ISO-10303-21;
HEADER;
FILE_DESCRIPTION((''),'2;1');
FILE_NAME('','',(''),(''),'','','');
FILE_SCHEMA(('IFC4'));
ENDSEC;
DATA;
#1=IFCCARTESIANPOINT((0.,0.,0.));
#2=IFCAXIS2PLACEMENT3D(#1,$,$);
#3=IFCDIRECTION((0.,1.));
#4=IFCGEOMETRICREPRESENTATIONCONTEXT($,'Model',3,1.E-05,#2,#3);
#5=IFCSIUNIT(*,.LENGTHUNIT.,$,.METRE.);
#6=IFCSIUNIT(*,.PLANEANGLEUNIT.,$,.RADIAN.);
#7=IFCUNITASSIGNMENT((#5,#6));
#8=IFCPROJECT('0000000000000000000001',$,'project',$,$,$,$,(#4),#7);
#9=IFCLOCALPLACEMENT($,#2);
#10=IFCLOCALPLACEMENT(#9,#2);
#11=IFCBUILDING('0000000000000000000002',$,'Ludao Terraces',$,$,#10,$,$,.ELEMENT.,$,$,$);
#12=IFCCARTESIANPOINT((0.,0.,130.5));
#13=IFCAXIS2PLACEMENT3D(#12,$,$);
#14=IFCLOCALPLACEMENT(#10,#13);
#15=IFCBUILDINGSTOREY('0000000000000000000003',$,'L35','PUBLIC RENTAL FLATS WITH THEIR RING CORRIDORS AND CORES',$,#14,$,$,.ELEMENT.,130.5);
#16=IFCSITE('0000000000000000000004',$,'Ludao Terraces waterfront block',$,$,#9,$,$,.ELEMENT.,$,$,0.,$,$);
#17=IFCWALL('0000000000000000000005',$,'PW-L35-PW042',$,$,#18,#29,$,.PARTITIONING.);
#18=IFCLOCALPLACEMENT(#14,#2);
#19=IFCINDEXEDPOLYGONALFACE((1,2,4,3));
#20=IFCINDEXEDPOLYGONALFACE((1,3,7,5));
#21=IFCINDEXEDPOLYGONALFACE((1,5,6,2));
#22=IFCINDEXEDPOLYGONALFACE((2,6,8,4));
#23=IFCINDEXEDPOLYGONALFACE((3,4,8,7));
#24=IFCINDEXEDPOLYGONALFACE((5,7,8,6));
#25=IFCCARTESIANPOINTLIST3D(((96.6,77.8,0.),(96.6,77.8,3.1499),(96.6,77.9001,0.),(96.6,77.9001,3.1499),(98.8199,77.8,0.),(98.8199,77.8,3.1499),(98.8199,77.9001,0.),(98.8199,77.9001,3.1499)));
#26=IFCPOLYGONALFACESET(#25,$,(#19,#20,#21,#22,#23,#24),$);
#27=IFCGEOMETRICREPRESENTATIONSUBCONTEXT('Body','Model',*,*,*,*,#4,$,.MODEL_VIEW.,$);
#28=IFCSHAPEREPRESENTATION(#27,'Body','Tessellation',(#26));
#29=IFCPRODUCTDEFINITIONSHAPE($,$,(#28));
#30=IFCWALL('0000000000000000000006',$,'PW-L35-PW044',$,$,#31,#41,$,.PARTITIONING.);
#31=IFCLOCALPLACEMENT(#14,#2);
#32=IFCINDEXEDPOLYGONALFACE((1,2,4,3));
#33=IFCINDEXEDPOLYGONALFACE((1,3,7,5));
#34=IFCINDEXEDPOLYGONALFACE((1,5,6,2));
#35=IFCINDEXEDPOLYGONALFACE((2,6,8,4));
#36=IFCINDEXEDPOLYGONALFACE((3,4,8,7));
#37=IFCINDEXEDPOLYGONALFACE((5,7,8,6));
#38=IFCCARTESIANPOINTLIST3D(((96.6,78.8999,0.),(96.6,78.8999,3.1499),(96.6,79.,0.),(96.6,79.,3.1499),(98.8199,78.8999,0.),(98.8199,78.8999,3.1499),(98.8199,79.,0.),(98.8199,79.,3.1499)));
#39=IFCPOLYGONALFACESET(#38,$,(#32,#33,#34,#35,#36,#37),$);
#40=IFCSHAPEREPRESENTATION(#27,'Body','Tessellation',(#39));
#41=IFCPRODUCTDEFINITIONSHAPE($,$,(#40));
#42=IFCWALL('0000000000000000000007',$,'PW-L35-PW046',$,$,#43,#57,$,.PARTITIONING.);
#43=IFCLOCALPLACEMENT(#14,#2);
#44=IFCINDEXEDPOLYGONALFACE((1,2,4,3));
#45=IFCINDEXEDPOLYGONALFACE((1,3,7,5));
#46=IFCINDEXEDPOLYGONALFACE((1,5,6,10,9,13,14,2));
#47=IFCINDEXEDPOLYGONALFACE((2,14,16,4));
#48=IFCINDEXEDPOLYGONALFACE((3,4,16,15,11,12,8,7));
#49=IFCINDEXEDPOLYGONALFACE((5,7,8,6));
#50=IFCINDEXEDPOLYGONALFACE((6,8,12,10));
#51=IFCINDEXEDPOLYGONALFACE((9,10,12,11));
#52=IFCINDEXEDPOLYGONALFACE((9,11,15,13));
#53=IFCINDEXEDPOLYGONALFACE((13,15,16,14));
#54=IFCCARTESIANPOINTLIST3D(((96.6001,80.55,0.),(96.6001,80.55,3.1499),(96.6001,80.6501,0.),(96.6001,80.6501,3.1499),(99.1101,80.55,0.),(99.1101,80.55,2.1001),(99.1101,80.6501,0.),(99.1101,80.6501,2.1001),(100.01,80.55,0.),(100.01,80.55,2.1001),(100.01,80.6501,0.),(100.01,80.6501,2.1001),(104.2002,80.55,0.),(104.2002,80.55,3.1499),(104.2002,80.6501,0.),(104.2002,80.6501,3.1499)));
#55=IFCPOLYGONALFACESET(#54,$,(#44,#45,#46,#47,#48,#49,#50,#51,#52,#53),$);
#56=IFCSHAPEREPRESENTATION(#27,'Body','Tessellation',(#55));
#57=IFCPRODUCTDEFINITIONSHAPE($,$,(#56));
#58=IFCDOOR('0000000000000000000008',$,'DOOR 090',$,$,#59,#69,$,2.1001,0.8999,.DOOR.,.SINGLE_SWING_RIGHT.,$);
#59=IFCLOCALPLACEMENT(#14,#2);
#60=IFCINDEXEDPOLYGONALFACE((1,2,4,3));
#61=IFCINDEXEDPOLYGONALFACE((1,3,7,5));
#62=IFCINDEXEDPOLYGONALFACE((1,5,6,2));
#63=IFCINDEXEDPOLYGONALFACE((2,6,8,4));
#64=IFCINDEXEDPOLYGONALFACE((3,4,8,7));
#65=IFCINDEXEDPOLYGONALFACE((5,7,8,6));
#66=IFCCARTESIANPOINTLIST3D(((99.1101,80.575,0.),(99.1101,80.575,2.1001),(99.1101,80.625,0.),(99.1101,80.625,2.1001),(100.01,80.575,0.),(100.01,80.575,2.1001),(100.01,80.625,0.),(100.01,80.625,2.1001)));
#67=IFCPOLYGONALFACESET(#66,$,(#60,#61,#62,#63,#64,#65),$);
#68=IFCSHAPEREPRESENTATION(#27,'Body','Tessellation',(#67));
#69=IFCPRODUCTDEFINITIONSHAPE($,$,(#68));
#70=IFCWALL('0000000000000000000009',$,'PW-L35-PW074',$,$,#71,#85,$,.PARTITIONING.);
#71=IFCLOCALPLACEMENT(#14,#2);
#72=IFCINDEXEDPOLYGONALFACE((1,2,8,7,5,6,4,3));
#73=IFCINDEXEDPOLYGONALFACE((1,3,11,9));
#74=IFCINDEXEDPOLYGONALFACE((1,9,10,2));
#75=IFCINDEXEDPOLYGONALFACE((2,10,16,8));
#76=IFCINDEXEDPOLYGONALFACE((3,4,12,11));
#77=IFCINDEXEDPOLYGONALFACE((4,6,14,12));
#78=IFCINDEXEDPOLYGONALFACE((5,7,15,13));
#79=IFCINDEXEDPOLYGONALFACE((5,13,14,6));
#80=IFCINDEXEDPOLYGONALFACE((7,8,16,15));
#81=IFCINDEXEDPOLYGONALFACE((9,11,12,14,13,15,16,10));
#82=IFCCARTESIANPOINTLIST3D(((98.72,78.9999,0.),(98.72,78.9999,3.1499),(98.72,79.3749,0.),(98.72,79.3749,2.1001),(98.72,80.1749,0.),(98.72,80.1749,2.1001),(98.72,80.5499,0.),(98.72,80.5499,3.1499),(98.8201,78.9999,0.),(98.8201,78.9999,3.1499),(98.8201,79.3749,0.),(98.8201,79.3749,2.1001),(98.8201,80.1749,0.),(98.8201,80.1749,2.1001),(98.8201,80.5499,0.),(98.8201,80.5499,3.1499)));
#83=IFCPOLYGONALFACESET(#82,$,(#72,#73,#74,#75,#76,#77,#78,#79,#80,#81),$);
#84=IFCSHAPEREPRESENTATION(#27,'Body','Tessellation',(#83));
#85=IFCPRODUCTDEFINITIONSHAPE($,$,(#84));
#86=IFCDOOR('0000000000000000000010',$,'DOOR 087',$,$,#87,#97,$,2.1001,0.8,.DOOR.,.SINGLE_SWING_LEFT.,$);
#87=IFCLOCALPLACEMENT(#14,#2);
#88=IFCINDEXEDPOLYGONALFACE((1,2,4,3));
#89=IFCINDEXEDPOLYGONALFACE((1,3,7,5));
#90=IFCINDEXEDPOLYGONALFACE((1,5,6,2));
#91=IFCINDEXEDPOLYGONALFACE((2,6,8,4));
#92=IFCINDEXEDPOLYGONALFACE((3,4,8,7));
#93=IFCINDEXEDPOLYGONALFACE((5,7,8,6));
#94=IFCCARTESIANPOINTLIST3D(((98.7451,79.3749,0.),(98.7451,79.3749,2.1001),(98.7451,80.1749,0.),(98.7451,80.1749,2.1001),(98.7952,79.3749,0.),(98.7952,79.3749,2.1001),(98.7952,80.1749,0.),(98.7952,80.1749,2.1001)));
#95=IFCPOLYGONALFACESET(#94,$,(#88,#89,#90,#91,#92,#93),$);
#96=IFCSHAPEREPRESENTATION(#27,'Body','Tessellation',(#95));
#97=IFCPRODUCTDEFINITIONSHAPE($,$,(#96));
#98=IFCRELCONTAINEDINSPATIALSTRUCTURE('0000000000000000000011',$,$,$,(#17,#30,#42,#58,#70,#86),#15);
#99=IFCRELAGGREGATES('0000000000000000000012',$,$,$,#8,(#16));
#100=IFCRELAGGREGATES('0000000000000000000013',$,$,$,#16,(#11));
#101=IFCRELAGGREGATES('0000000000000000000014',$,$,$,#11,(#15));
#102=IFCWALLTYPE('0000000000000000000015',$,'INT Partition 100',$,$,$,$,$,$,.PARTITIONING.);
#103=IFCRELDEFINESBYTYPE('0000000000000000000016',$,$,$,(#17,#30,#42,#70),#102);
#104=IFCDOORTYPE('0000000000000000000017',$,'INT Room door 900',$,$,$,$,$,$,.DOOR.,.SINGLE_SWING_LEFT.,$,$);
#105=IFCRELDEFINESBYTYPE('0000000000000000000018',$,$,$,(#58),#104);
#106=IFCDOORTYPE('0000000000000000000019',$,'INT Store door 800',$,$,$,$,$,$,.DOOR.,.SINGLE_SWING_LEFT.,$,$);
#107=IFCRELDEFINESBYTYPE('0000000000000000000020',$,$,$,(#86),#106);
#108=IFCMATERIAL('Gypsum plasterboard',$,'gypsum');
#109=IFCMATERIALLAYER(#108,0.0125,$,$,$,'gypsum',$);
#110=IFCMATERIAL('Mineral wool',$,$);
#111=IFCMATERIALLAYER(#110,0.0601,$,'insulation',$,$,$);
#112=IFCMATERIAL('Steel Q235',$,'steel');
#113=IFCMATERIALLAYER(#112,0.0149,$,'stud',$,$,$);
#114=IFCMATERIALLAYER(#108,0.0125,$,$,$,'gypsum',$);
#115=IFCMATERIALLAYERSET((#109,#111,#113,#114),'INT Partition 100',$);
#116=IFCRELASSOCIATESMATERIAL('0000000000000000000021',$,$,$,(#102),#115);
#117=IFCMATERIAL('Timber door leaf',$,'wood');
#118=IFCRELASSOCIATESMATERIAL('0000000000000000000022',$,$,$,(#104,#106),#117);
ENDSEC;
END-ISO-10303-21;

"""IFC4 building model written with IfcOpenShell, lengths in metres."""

from ifc_helpers import new_model, si_unit, direction, frame, frame_2d, origin, place, context, subcontext, project, spatial, rectangle, extrude, material, layer, layer_set, type_object, element, fill, save


model = new_model("IFC4")

# Units and contexts
model_context = context("Model", 3, precision=1e-05, world=origin(), true_north=direction((0.0, 1.0)))
body_context = subcontext(model_context, "Body", "Model", "MODEL_VIEW")
ifc_project = project(units=[si_unit("LENGTHUNIT", "METRE"), si_unit("PLANEANGLEUNIT", "RADIAN")], contexts=[model_context])

# Site, building, storey
site_placement = place(None, origin())
site = spatial("IfcSite", under=ifc_project, at=site_placement, Name="Ludao Terraces waterfront block", CompositionType="ELEMENT", RefElevation=0.0)
building_placement = place(site_placement, origin())
building = spatial("IfcBuilding", under=site, at=building_placement, Name="Ludao Terraces", CompositionType="ELEMENT")
storey_placement = place(building_placement, frame((0.0, 0.0, 130.5)))
storey = spatial("IfcBuildingStorey", under=building, at=storey_placement, Name="L35", Description="PUBLIC RENTAL FLATS WITH THEIR RING CORRIDORS AND CORES", CompositionType="ELEMENT", Elevation=130.5)

# Shared definitions
ifc_material_1 = material(Name="Steel Q235", Category="steel")

# Shared definitions
ifc_material_2 = material(Name="Mineral wool")

# Walls
ifc_material_3 = material(Name="Gypsum plasterboard", Category="gypsum")
ifc_layer_1 = layer(ifc_material_3, 0.0125, Category="gypsum")
ifc_layer_2 = layer(ifc_material_2, 0.0601, Name="insulation")
ifc_layer_3 = layer(ifc_material_1, 0.0149, Name="stud")
ifc_layer_4 = layer(ifc_material_3, 0.0125, Category="gypsum")
ifc_layer_set_1 = layer_set([ifc_layer_1, ifc_layer_2, ifc_layer_3, ifc_layer_4], Name="INT Partition 100")
wall_type_1 = type_object("IfcWallType", Name="INT Partition 100", PredefinedType="PARTITIONING", material=ifc_layer_set_1)
for number, where, z_axis, x_axis, name in (
    (1, (96.6001, 77.8501, 0.0), (0.0, 0.0, 1.0), (1.0, 0.0, 0.0), "PW-L35-PW042"),
    (2, (96.6001, 78.95, 0.0), (0.0, 0.0, 1.0), (1.0, 0.0, 0.0), "PW-L35-PW044"),
):
    element("IfcWall", number, at=place(storey_placement, frame(where, z_axis=z_axis, x_axis=x_axis)), inside=storey, type_object=wall_type_1, Name=name, PredefinedType="PARTITIONING", context=body_context, shape_type="SweptSolid", body=[
        extrude(rectangle(XDim=2.22, YDim=0.1001, at=frame_2d((1.1099, 0.0))), origin(), (0.0, 0.0, 1.0), 3.1499),
    ])

# Walls, openings, doors
wall_1_placement = place(storey_placement, frame((96.6001, 80.6001, 0.0), z_axis=(0.0, 0.0, 1.0), x_axis=(1.0, 0.0, 0.0)))
wall_1 = element("IfcWall", 3, at=wall_1_placement, inside=storey, type_object=wall_type_1, Name="PW-L35-PW046", PredefinedType="PARTITIONING", context=body_context, shape_type="SweptSolid", body=[
    extrude(rectangle(XDim=7.6001, YDim=0.1001, at=frame_2d((3.8, 0.0))), origin(), (0.0, 0.0, 1.0), 3.1499),
])
opening_1_placement = place(wall_1_placement, frame((2.51, 0.0, 0.0)))
opening_1 = element("IfcOpeningElement", 4, at=opening_1_placement, cuts=wall_1, PredefinedType="OPENING", context=body_context, shape_type="SweptSolid", body=[
    extrude(rectangle(XDim=0.8999, YDim=2.1001, at=frame_2d((0.45, 1.05))), frame((0.0, 0.0601, 0.0), z_axis=(0.0, -1.0, 0.0), x_axis=(1.0, 0.0, 0.0)), (0.0, 0.0, 1.0), 0.1201),
])
ifc_material_4 = material(Name="Timber door leaf", Category="wood")
door_type_1 = type_object("IfcDoorType", Name="INT Room door 900", OperationType="SINGLE_SWING_LEFT", PredefinedType="DOOR", material=ifc_material_4)
door_1_placement = place(opening_1_placement, origin())
door_1 = element("IfcDoor", 5, at=door_1_placement, inside=storey, type_object=door_type_1, Name="DOOR 090", OperationType="SINGLE_SWING_RIGHT", OverallHeight=2.1001, OverallWidth=0.8999, PredefinedType="DOOR", context=body_context, shape_type="SweptSolid", body=[
    extrude(rectangle(XDim=0.8999, YDim=2.1001, at=frame_2d((0.45, 1.05))), frame((0.0, 0.0249, 0.0), z_axis=(0.0, -1.0, 0.0), x_axis=(1.0, 0.0, 0.0)), (0.0, 0.0, 1.0), 0.05),
])
fill(opening_1, door_1)
wall_2_placement = place(storey_placement, frame((98.77, 79.0, 0.0), z_axis=(0.0, 0.0, 1.0), x_axis=(0.0, 1.0, 0.0)))
wall_2 = element("IfcWall", 6, at=wall_2_placement, inside=storey, type_object=wall_type_1, Name="PW-L35-PW074", PredefinedType="PARTITIONING", context=body_context, shape_type="SweptSolid", body=[
    extrude(rectangle(XDim=1.55, YDim=0.1001, at=frame_2d((0.7749, 0.0))), origin(), (0.0, 0.0, 1.0), 3.1499),
])
opening_2_placement = place(wall_2_placement, frame((0.375, 0.0, 0.0)))
opening_2 = element("IfcOpeningElement", 7, at=opening_2_placement, cuts=wall_2, PredefinedType="OPENING", context=body_context, shape_type="SweptSolid", body=[
    extrude(rectangle(XDim=0.8, YDim=2.1001, at=frame_2d((0.3999, 1.05))), frame((0.0, 0.0601, 0.0), z_axis=(0.0, -1.0, 0.0), x_axis=(1.0, 0.0, 0.0)), (0.0, 0.0, 1.0), 0.1201),
])
door_type_2 = type_object("IfcDoorType", Name="INT Store door 800", OperationType="SINGLE_SWING_LEFT", PredefinedType="DOOR", material=ifc_material_4)
door_2_placement = place(opening_2_placement, origin())
door_2 = element("IfcDoor", 8, at=door_2_placement, inside=storey, type_object=door_type_2, Name="DOOR 087", OperationType="SINGLE_SWING_LEFT", OverallHeight=2.1001, OverallWidth=0.8, PredefinedType="DOOR", context=body_context, shape_type="SweptSolid", body=[
    extrude(rectangle(XDim=0.8, YDim=2.1001, at=frame_2d((0.3999, 1.05))), frame((0.0, 0.0249, 0.0), z_axis=(0.0, -1.0, 0.0), x_axis=(1.0, 0.0, 0.0)), (0.0, 0.0, 1.0), 0.05),
])
fill(opening_2, door_2)

save(model, "model.ifc")
